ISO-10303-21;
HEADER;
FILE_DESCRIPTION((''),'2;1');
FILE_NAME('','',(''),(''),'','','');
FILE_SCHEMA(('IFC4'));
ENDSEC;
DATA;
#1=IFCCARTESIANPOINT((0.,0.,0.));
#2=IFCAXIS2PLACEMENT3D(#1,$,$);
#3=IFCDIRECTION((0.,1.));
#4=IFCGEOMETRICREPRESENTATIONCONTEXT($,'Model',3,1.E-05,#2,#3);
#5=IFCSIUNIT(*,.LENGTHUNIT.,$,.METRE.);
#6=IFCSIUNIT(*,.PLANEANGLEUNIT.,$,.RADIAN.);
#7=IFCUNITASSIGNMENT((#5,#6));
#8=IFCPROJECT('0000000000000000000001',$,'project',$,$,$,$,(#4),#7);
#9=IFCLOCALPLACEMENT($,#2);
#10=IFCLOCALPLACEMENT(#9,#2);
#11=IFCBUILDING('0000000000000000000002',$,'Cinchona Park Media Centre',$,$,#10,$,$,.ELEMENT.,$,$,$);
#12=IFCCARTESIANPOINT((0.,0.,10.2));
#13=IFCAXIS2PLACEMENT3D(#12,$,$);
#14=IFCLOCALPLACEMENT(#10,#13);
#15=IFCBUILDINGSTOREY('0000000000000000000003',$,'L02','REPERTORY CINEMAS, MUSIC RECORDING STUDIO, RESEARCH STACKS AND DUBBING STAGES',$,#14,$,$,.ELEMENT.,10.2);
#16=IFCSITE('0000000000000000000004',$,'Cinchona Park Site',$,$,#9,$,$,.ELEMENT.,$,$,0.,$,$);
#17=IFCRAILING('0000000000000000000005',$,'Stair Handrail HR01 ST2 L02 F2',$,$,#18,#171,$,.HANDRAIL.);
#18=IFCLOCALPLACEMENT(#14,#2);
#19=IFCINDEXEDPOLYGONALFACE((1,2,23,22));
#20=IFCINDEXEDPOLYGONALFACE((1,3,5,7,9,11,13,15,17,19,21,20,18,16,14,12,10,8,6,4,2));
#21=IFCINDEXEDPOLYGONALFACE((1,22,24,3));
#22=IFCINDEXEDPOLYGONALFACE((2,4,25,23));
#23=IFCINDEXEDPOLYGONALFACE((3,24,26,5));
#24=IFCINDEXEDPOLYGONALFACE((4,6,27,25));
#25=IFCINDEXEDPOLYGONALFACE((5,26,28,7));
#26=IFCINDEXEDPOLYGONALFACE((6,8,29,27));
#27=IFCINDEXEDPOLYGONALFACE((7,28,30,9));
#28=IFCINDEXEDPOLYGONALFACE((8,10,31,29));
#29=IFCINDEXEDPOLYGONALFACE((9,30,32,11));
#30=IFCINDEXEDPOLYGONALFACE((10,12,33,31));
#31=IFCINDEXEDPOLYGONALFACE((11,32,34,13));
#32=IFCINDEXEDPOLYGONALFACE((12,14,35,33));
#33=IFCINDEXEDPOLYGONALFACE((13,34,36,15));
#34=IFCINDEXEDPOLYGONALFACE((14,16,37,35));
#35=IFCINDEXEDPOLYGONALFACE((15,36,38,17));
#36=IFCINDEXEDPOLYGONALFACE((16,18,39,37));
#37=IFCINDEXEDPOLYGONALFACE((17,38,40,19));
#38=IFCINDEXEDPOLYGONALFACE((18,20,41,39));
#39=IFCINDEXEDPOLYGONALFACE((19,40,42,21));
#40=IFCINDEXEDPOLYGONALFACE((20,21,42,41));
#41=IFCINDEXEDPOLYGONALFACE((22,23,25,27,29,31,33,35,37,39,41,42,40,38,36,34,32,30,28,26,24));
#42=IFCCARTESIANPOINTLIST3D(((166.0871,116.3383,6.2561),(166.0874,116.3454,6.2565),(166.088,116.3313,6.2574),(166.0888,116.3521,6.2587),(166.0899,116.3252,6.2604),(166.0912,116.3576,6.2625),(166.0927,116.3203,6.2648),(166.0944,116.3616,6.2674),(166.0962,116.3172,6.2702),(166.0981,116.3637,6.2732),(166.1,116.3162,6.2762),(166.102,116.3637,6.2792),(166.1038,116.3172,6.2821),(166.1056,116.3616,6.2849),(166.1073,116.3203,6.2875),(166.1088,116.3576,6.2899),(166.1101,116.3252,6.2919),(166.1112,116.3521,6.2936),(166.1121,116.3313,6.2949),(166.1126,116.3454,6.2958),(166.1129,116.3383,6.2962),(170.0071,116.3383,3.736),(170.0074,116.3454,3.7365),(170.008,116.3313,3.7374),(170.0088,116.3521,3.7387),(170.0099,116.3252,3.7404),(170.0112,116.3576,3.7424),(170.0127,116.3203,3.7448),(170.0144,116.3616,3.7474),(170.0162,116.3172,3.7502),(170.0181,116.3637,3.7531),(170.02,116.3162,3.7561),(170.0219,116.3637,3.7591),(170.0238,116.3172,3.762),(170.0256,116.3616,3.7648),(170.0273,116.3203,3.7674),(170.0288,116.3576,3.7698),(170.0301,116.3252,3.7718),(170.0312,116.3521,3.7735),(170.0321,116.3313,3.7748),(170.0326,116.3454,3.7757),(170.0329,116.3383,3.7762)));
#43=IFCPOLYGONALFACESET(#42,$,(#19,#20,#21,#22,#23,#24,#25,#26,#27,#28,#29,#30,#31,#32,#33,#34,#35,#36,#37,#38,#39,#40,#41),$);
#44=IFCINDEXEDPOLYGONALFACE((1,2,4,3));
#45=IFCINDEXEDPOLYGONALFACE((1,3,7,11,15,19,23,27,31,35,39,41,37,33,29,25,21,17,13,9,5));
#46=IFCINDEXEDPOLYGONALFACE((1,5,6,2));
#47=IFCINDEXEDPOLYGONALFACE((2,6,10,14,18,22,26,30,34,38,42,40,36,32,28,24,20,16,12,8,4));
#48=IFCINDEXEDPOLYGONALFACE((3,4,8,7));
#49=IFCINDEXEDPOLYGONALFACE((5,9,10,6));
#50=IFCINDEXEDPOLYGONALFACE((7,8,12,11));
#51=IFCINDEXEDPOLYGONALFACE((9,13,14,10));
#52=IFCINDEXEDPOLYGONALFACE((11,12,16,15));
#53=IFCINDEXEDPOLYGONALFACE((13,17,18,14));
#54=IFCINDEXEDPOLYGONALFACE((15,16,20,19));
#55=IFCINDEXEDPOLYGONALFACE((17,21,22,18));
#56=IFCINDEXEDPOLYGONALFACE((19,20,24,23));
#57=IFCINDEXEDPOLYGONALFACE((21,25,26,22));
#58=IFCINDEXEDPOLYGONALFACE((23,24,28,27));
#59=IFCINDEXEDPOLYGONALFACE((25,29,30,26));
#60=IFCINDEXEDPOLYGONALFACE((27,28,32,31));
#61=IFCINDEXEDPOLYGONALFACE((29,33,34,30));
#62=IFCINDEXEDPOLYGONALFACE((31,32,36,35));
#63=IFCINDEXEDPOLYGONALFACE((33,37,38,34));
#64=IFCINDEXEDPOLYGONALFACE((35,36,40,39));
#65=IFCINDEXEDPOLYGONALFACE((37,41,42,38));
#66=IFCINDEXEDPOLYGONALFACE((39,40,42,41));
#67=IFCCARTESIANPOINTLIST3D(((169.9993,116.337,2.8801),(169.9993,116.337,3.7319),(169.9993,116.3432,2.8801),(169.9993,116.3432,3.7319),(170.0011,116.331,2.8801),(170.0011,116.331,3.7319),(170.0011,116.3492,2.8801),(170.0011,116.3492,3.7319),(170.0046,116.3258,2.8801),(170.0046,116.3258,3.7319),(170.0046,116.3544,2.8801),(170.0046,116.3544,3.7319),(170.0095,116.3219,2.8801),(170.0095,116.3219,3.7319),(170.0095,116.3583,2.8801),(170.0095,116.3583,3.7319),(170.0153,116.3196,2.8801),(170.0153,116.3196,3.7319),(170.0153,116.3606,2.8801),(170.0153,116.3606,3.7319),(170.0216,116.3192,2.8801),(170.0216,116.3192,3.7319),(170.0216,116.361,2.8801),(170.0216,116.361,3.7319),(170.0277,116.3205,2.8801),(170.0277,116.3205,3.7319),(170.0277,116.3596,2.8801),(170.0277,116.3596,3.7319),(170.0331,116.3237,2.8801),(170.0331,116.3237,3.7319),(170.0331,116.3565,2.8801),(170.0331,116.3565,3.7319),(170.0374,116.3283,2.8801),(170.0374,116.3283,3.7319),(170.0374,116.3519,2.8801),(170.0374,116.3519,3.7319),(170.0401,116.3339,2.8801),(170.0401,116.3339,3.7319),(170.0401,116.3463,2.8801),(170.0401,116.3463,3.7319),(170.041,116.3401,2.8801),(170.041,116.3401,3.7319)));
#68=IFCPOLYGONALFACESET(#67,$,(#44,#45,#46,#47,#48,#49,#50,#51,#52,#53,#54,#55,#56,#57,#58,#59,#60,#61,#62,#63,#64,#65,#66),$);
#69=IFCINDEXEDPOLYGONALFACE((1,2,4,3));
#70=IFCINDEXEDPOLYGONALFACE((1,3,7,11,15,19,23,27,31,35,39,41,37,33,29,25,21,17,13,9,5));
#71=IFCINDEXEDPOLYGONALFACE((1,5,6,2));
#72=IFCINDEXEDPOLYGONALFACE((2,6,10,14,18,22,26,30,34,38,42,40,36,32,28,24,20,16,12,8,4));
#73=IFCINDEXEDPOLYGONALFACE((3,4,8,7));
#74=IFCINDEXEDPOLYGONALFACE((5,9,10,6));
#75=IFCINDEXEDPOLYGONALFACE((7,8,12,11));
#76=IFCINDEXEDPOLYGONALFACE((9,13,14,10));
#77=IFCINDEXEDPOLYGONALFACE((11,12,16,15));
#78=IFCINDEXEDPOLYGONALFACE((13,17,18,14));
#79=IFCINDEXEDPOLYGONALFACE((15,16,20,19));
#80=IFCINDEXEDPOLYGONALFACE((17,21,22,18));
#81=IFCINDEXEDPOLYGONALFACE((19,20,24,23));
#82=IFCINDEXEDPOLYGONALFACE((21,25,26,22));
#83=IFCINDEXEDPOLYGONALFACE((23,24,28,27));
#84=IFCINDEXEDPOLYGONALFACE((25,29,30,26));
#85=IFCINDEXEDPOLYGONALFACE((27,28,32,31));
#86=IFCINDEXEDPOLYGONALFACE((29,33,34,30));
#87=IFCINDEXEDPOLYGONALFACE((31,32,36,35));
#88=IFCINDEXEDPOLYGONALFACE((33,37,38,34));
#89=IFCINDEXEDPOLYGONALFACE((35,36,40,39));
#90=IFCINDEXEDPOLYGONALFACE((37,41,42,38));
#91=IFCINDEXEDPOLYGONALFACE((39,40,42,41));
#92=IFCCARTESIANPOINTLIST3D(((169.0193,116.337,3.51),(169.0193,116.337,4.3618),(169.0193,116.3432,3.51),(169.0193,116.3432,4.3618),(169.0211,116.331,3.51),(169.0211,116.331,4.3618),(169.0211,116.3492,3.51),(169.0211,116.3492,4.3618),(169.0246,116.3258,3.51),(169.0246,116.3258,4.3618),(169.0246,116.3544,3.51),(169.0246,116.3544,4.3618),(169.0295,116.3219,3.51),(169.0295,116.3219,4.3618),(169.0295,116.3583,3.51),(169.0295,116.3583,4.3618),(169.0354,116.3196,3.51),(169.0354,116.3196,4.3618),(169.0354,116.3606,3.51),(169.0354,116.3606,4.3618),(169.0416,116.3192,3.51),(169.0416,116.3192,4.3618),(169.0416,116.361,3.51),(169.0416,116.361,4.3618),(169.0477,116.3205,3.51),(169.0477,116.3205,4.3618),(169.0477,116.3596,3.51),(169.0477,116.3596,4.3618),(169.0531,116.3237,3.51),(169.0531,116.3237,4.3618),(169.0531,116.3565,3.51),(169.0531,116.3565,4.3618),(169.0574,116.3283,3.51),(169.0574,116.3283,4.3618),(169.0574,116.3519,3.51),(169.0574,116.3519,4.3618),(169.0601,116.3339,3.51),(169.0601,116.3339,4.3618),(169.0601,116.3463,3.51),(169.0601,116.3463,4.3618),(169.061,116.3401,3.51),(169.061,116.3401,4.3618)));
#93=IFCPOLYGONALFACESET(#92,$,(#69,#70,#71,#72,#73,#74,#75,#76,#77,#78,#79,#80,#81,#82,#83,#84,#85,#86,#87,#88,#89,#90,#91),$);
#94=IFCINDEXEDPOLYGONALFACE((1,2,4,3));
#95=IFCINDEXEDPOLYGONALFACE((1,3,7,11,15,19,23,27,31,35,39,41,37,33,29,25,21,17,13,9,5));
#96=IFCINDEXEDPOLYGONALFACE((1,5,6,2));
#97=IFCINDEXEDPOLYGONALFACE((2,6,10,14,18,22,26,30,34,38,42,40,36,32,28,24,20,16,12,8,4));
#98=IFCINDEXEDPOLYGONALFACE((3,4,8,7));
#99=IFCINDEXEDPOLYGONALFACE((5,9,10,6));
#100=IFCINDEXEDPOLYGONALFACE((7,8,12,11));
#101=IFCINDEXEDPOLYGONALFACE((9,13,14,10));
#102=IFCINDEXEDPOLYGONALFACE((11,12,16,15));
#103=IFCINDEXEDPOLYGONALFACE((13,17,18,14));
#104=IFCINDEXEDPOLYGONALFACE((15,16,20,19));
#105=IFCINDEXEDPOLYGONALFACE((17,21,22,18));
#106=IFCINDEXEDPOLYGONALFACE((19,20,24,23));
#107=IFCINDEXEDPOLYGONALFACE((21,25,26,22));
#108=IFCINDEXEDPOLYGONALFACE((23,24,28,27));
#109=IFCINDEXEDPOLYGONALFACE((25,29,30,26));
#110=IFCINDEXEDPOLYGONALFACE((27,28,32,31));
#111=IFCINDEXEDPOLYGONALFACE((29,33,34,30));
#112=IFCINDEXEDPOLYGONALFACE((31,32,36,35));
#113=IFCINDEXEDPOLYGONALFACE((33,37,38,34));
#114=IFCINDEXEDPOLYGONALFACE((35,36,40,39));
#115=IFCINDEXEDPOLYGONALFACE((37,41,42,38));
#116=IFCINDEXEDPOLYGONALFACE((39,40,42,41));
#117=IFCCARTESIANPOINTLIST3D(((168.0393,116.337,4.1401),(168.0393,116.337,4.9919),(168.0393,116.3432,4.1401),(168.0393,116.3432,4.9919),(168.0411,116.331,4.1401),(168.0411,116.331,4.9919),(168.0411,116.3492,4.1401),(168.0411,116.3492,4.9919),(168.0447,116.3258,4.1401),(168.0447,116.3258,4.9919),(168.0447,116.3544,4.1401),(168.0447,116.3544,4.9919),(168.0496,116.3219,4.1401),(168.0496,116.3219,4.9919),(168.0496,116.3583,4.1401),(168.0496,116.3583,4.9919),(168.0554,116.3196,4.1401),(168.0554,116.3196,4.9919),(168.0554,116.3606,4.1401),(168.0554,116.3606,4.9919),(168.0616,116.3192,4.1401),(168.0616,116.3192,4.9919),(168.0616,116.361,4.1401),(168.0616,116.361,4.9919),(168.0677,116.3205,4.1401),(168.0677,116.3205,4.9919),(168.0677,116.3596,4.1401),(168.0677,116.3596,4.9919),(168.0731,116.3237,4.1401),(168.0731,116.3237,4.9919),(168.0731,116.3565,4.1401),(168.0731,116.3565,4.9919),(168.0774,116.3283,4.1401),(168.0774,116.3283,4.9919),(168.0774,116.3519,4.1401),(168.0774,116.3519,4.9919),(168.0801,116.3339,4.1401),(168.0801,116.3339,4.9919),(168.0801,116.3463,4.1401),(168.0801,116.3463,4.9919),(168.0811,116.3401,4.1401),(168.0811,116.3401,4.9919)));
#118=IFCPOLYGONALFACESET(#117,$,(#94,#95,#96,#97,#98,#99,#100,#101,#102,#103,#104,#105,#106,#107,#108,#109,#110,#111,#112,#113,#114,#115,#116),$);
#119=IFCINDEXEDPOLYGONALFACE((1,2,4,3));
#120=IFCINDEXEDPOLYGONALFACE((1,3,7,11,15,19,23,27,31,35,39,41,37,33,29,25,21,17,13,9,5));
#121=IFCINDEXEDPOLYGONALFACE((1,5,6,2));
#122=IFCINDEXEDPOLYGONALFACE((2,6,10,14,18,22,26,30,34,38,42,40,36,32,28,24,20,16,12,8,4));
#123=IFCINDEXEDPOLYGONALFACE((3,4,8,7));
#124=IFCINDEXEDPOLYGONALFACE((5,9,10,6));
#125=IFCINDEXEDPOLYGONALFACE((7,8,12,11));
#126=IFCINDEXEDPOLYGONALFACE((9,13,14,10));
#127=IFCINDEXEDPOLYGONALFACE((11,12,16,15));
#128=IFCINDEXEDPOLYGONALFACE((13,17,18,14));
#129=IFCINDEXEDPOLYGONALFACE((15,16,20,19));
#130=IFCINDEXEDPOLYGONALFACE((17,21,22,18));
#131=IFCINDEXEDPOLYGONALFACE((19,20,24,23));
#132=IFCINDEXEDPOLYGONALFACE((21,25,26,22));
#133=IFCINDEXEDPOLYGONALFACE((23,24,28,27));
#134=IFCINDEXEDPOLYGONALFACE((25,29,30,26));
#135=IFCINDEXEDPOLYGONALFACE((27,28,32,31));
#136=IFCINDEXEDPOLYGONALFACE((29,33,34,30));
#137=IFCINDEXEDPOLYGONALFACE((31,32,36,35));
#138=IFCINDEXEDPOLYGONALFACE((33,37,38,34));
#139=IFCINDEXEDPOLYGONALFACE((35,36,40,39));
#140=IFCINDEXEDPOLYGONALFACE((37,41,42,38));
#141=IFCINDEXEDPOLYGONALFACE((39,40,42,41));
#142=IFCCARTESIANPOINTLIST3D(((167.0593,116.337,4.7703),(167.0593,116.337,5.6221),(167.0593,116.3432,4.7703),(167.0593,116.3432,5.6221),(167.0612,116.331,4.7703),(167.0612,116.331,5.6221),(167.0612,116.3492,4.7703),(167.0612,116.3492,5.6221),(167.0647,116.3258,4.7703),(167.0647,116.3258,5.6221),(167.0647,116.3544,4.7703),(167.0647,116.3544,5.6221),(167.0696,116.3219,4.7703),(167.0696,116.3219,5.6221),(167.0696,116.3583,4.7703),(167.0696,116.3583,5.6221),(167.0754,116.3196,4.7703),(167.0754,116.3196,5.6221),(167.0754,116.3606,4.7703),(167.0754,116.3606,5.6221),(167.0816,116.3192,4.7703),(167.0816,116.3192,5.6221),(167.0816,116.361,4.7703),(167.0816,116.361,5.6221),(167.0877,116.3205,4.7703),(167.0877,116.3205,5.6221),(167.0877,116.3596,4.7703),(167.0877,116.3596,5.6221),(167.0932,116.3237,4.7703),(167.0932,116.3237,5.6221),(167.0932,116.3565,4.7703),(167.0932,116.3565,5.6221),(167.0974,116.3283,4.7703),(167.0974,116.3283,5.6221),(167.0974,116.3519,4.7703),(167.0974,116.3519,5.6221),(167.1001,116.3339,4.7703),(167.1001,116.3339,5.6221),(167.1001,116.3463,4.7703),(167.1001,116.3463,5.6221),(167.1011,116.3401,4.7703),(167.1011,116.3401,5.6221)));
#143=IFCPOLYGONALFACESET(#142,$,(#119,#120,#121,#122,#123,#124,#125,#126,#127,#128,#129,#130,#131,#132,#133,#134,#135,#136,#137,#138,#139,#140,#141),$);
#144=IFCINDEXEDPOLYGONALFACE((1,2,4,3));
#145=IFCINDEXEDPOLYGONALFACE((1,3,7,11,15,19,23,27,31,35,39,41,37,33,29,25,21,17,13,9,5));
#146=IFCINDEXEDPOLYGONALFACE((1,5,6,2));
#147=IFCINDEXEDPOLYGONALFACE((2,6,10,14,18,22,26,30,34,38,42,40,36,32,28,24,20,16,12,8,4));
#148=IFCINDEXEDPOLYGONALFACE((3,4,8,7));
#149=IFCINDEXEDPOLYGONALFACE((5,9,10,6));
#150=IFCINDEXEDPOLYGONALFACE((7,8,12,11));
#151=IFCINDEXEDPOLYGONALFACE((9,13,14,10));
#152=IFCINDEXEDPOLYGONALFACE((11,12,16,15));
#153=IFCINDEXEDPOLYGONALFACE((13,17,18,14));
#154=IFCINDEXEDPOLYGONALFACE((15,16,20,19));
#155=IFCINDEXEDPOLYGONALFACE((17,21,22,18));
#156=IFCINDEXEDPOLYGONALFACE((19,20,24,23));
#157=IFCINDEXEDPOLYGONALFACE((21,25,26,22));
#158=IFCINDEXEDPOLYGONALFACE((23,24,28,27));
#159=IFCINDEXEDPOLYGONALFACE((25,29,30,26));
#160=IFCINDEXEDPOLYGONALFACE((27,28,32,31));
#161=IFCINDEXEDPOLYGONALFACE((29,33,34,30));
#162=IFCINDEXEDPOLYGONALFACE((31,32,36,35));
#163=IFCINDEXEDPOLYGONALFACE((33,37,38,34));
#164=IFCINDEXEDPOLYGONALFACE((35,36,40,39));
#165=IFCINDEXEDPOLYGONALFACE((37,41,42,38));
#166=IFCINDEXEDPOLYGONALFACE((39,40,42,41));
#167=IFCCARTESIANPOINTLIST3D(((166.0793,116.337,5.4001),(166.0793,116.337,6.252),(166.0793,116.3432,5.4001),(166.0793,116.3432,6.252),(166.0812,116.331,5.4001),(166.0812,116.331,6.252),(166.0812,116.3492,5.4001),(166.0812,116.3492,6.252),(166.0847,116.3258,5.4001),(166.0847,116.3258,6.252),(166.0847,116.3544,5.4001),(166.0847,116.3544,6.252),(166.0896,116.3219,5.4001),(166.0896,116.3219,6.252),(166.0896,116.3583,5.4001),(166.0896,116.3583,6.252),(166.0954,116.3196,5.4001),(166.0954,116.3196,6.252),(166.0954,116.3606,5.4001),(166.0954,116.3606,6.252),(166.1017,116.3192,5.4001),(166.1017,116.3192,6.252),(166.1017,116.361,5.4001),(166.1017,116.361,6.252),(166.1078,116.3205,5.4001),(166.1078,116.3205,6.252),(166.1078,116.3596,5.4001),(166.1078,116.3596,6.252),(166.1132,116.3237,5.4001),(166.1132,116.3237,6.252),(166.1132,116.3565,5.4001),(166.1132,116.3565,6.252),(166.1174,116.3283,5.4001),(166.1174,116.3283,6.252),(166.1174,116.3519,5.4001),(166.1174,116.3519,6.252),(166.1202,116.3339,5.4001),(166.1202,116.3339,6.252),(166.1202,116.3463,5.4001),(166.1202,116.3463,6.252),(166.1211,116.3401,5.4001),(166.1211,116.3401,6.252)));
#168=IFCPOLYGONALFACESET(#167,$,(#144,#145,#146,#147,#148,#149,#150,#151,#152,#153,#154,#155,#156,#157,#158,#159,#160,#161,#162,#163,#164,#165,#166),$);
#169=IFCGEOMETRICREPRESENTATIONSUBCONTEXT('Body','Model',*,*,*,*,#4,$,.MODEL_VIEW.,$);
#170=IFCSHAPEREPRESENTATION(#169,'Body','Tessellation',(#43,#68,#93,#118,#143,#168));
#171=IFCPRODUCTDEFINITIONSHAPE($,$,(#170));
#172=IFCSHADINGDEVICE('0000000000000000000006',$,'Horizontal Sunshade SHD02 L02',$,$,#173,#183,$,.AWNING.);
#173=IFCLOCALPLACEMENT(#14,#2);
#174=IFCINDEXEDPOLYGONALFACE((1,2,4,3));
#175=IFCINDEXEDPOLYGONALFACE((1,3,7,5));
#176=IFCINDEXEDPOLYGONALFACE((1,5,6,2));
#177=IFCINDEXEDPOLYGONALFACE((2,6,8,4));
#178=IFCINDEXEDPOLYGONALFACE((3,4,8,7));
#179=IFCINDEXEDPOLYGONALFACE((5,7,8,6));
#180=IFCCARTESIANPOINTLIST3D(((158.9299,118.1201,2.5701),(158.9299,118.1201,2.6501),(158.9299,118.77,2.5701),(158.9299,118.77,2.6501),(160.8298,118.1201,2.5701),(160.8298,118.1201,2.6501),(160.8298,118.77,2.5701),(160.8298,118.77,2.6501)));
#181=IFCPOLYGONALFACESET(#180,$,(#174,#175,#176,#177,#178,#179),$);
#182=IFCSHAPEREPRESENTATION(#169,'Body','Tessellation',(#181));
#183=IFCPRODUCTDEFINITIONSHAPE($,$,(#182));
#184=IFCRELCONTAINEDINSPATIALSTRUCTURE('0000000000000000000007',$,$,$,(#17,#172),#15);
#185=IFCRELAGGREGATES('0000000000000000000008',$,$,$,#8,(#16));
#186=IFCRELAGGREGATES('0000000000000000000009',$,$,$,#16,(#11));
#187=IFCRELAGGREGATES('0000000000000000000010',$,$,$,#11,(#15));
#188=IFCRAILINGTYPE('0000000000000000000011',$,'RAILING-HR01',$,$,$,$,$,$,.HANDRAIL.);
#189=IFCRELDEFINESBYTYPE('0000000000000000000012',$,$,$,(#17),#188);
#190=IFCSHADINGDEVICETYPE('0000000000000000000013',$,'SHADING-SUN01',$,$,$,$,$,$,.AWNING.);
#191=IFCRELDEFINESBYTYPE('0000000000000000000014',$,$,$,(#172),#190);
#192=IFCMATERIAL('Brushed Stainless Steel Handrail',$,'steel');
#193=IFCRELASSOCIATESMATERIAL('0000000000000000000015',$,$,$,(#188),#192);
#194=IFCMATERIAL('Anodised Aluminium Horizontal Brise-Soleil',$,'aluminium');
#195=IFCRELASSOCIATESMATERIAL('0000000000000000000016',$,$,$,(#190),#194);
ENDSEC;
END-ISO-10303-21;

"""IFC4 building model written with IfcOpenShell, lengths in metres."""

from ifc_helpers import new_model, si_unit, direction, frame, origin, origin_2d, place, context, subcontext, project, spatial, rectangle, circle, extrude, material, type_object, element, save


model = new_model("IFC4")

# Units and contexts
model_context = context("Model", 3, precision=1e-05, world=origin(), true_north=direction((0.0, 1.0)))
body_context = subcontext(model_context, "Body", "Model", "MODEL_VIEW")
ifc_project = project(units=[si_unit("LENGTHUNIT", "METRE"), si_unit("PLANEANGLEUNIT", "RADIAN")], contexts=[model_context])

# Site, building, storey
site_placement = place(None, origin())
site = spatial("IfcSite", under=ifc_project, at=site_placement, Name="Cinchona Park Site", CompositionType="ELEMENT", RefElevation=0.0)
building_placement = place(site_placement, origin())
building = spatial("IfcBuilding", under=site, at=building_placement, Name="Cinchona Park Media Centre", CompositionType="ELEMENT")
storey_placement = place(building_placement, frame((0.0, 0.0, 10.2)))
storey = spatial("IfcBuildingStorey", under=building, at=storey_placement, Name="L02", Description="REPERTORY CINEMAS, MUSIC RECORDING STUDIO, RESEARCH STACKS AND DUBBING STAGES", CompositionType="ELEMENT", Elevation=10.2)

# Railing
ifc_material_1 = material(Name="Brushed Stainless Steel Handrail", Category="steel")
railing_type_1 = type_object("IfcRailingType", Name="RAILING-HR01", PredefinedType="HANDRAIL", material=ifc_material_1)
railing_1_placement = place(storey_placement, frame((170.02, 116.3401, 2.8801)))
element("IfcRailing", 1, at=railing_1_placement, inside=storey, type_object=railing_type_1, Name="Stair Handrail HR01 ST2 L02 F2", PredefinedType="HANDRAIL", context=body_context, shape_type="SweptSolid", body=[
    extrude(circle(Radius=0.0239, at=origin_2d()), frame((0.0, 0.0, 0.876), z_axis=(-0.841172, 0.0, 0.540768), x_axis=(0.0, -1.0, 0.0)), (0.0, 0.0, 1.0), 4.6602),
    extrude(circle(Radius=0.021, at=origin_2d()), origin(), (0.0, 0.0, 1.0), 0.8518),
    extrude(circle(Radius=0.021, at=origin_2d()), frame((-0.98, 0.0, 0.6299)), (0.0, 0.0, 1.0), 0.8518),
    extrude(circle(Radius=0.021, at=origin_2d()), frame((-1.96, 0.0, 1.26)), (0.0, 0.0, 1.0), 0.8518),
    extrude(circle(Radius=0.021, at=origin_2d()), frame((-2.9399, 0.0, 1.8901)), (0.0, 0.0, 1.0), 0.8518),
    extrude(circle(Radius=0.021, at=origin_2d()), frame((-3.9199, 0.0, 2.52)), (0.0, 0.0, 1.0), 0.8518),
])

# Shading device
ifc_material_2 = material(Name="Anodised Aluminium Horizontal Brise-Soleil", Category="aluminium")
shading_device_type = type_object("IfcShadingDeviceType", Name="SHADING-SUN01", PredefinedType="AWNING", material=ifc_material_2)
shading_device_placement = place(storey_placement, frame((159.8799, 118.4451, 2.5701), z_axis=(0.0, 0.0, 1.0), x_axis=(1.0, 0.0, 0.0)))
element("IfcShadingDevice", 2, at=shading_device_placement, inside=storey, type_object=shading_device_type, Name="Horizontal Sunshade SHD02 L02", PredefinedType="AWNING", context=body_context, shape_type="SweptSolid", body=[
    extrude(rectangle(XDim=1.8999, YDim=0.6499, at=origin_2d()), origin(), (0.0, 0.0, 1.0), 0.0801),
])

save(model, "model.ifc")
